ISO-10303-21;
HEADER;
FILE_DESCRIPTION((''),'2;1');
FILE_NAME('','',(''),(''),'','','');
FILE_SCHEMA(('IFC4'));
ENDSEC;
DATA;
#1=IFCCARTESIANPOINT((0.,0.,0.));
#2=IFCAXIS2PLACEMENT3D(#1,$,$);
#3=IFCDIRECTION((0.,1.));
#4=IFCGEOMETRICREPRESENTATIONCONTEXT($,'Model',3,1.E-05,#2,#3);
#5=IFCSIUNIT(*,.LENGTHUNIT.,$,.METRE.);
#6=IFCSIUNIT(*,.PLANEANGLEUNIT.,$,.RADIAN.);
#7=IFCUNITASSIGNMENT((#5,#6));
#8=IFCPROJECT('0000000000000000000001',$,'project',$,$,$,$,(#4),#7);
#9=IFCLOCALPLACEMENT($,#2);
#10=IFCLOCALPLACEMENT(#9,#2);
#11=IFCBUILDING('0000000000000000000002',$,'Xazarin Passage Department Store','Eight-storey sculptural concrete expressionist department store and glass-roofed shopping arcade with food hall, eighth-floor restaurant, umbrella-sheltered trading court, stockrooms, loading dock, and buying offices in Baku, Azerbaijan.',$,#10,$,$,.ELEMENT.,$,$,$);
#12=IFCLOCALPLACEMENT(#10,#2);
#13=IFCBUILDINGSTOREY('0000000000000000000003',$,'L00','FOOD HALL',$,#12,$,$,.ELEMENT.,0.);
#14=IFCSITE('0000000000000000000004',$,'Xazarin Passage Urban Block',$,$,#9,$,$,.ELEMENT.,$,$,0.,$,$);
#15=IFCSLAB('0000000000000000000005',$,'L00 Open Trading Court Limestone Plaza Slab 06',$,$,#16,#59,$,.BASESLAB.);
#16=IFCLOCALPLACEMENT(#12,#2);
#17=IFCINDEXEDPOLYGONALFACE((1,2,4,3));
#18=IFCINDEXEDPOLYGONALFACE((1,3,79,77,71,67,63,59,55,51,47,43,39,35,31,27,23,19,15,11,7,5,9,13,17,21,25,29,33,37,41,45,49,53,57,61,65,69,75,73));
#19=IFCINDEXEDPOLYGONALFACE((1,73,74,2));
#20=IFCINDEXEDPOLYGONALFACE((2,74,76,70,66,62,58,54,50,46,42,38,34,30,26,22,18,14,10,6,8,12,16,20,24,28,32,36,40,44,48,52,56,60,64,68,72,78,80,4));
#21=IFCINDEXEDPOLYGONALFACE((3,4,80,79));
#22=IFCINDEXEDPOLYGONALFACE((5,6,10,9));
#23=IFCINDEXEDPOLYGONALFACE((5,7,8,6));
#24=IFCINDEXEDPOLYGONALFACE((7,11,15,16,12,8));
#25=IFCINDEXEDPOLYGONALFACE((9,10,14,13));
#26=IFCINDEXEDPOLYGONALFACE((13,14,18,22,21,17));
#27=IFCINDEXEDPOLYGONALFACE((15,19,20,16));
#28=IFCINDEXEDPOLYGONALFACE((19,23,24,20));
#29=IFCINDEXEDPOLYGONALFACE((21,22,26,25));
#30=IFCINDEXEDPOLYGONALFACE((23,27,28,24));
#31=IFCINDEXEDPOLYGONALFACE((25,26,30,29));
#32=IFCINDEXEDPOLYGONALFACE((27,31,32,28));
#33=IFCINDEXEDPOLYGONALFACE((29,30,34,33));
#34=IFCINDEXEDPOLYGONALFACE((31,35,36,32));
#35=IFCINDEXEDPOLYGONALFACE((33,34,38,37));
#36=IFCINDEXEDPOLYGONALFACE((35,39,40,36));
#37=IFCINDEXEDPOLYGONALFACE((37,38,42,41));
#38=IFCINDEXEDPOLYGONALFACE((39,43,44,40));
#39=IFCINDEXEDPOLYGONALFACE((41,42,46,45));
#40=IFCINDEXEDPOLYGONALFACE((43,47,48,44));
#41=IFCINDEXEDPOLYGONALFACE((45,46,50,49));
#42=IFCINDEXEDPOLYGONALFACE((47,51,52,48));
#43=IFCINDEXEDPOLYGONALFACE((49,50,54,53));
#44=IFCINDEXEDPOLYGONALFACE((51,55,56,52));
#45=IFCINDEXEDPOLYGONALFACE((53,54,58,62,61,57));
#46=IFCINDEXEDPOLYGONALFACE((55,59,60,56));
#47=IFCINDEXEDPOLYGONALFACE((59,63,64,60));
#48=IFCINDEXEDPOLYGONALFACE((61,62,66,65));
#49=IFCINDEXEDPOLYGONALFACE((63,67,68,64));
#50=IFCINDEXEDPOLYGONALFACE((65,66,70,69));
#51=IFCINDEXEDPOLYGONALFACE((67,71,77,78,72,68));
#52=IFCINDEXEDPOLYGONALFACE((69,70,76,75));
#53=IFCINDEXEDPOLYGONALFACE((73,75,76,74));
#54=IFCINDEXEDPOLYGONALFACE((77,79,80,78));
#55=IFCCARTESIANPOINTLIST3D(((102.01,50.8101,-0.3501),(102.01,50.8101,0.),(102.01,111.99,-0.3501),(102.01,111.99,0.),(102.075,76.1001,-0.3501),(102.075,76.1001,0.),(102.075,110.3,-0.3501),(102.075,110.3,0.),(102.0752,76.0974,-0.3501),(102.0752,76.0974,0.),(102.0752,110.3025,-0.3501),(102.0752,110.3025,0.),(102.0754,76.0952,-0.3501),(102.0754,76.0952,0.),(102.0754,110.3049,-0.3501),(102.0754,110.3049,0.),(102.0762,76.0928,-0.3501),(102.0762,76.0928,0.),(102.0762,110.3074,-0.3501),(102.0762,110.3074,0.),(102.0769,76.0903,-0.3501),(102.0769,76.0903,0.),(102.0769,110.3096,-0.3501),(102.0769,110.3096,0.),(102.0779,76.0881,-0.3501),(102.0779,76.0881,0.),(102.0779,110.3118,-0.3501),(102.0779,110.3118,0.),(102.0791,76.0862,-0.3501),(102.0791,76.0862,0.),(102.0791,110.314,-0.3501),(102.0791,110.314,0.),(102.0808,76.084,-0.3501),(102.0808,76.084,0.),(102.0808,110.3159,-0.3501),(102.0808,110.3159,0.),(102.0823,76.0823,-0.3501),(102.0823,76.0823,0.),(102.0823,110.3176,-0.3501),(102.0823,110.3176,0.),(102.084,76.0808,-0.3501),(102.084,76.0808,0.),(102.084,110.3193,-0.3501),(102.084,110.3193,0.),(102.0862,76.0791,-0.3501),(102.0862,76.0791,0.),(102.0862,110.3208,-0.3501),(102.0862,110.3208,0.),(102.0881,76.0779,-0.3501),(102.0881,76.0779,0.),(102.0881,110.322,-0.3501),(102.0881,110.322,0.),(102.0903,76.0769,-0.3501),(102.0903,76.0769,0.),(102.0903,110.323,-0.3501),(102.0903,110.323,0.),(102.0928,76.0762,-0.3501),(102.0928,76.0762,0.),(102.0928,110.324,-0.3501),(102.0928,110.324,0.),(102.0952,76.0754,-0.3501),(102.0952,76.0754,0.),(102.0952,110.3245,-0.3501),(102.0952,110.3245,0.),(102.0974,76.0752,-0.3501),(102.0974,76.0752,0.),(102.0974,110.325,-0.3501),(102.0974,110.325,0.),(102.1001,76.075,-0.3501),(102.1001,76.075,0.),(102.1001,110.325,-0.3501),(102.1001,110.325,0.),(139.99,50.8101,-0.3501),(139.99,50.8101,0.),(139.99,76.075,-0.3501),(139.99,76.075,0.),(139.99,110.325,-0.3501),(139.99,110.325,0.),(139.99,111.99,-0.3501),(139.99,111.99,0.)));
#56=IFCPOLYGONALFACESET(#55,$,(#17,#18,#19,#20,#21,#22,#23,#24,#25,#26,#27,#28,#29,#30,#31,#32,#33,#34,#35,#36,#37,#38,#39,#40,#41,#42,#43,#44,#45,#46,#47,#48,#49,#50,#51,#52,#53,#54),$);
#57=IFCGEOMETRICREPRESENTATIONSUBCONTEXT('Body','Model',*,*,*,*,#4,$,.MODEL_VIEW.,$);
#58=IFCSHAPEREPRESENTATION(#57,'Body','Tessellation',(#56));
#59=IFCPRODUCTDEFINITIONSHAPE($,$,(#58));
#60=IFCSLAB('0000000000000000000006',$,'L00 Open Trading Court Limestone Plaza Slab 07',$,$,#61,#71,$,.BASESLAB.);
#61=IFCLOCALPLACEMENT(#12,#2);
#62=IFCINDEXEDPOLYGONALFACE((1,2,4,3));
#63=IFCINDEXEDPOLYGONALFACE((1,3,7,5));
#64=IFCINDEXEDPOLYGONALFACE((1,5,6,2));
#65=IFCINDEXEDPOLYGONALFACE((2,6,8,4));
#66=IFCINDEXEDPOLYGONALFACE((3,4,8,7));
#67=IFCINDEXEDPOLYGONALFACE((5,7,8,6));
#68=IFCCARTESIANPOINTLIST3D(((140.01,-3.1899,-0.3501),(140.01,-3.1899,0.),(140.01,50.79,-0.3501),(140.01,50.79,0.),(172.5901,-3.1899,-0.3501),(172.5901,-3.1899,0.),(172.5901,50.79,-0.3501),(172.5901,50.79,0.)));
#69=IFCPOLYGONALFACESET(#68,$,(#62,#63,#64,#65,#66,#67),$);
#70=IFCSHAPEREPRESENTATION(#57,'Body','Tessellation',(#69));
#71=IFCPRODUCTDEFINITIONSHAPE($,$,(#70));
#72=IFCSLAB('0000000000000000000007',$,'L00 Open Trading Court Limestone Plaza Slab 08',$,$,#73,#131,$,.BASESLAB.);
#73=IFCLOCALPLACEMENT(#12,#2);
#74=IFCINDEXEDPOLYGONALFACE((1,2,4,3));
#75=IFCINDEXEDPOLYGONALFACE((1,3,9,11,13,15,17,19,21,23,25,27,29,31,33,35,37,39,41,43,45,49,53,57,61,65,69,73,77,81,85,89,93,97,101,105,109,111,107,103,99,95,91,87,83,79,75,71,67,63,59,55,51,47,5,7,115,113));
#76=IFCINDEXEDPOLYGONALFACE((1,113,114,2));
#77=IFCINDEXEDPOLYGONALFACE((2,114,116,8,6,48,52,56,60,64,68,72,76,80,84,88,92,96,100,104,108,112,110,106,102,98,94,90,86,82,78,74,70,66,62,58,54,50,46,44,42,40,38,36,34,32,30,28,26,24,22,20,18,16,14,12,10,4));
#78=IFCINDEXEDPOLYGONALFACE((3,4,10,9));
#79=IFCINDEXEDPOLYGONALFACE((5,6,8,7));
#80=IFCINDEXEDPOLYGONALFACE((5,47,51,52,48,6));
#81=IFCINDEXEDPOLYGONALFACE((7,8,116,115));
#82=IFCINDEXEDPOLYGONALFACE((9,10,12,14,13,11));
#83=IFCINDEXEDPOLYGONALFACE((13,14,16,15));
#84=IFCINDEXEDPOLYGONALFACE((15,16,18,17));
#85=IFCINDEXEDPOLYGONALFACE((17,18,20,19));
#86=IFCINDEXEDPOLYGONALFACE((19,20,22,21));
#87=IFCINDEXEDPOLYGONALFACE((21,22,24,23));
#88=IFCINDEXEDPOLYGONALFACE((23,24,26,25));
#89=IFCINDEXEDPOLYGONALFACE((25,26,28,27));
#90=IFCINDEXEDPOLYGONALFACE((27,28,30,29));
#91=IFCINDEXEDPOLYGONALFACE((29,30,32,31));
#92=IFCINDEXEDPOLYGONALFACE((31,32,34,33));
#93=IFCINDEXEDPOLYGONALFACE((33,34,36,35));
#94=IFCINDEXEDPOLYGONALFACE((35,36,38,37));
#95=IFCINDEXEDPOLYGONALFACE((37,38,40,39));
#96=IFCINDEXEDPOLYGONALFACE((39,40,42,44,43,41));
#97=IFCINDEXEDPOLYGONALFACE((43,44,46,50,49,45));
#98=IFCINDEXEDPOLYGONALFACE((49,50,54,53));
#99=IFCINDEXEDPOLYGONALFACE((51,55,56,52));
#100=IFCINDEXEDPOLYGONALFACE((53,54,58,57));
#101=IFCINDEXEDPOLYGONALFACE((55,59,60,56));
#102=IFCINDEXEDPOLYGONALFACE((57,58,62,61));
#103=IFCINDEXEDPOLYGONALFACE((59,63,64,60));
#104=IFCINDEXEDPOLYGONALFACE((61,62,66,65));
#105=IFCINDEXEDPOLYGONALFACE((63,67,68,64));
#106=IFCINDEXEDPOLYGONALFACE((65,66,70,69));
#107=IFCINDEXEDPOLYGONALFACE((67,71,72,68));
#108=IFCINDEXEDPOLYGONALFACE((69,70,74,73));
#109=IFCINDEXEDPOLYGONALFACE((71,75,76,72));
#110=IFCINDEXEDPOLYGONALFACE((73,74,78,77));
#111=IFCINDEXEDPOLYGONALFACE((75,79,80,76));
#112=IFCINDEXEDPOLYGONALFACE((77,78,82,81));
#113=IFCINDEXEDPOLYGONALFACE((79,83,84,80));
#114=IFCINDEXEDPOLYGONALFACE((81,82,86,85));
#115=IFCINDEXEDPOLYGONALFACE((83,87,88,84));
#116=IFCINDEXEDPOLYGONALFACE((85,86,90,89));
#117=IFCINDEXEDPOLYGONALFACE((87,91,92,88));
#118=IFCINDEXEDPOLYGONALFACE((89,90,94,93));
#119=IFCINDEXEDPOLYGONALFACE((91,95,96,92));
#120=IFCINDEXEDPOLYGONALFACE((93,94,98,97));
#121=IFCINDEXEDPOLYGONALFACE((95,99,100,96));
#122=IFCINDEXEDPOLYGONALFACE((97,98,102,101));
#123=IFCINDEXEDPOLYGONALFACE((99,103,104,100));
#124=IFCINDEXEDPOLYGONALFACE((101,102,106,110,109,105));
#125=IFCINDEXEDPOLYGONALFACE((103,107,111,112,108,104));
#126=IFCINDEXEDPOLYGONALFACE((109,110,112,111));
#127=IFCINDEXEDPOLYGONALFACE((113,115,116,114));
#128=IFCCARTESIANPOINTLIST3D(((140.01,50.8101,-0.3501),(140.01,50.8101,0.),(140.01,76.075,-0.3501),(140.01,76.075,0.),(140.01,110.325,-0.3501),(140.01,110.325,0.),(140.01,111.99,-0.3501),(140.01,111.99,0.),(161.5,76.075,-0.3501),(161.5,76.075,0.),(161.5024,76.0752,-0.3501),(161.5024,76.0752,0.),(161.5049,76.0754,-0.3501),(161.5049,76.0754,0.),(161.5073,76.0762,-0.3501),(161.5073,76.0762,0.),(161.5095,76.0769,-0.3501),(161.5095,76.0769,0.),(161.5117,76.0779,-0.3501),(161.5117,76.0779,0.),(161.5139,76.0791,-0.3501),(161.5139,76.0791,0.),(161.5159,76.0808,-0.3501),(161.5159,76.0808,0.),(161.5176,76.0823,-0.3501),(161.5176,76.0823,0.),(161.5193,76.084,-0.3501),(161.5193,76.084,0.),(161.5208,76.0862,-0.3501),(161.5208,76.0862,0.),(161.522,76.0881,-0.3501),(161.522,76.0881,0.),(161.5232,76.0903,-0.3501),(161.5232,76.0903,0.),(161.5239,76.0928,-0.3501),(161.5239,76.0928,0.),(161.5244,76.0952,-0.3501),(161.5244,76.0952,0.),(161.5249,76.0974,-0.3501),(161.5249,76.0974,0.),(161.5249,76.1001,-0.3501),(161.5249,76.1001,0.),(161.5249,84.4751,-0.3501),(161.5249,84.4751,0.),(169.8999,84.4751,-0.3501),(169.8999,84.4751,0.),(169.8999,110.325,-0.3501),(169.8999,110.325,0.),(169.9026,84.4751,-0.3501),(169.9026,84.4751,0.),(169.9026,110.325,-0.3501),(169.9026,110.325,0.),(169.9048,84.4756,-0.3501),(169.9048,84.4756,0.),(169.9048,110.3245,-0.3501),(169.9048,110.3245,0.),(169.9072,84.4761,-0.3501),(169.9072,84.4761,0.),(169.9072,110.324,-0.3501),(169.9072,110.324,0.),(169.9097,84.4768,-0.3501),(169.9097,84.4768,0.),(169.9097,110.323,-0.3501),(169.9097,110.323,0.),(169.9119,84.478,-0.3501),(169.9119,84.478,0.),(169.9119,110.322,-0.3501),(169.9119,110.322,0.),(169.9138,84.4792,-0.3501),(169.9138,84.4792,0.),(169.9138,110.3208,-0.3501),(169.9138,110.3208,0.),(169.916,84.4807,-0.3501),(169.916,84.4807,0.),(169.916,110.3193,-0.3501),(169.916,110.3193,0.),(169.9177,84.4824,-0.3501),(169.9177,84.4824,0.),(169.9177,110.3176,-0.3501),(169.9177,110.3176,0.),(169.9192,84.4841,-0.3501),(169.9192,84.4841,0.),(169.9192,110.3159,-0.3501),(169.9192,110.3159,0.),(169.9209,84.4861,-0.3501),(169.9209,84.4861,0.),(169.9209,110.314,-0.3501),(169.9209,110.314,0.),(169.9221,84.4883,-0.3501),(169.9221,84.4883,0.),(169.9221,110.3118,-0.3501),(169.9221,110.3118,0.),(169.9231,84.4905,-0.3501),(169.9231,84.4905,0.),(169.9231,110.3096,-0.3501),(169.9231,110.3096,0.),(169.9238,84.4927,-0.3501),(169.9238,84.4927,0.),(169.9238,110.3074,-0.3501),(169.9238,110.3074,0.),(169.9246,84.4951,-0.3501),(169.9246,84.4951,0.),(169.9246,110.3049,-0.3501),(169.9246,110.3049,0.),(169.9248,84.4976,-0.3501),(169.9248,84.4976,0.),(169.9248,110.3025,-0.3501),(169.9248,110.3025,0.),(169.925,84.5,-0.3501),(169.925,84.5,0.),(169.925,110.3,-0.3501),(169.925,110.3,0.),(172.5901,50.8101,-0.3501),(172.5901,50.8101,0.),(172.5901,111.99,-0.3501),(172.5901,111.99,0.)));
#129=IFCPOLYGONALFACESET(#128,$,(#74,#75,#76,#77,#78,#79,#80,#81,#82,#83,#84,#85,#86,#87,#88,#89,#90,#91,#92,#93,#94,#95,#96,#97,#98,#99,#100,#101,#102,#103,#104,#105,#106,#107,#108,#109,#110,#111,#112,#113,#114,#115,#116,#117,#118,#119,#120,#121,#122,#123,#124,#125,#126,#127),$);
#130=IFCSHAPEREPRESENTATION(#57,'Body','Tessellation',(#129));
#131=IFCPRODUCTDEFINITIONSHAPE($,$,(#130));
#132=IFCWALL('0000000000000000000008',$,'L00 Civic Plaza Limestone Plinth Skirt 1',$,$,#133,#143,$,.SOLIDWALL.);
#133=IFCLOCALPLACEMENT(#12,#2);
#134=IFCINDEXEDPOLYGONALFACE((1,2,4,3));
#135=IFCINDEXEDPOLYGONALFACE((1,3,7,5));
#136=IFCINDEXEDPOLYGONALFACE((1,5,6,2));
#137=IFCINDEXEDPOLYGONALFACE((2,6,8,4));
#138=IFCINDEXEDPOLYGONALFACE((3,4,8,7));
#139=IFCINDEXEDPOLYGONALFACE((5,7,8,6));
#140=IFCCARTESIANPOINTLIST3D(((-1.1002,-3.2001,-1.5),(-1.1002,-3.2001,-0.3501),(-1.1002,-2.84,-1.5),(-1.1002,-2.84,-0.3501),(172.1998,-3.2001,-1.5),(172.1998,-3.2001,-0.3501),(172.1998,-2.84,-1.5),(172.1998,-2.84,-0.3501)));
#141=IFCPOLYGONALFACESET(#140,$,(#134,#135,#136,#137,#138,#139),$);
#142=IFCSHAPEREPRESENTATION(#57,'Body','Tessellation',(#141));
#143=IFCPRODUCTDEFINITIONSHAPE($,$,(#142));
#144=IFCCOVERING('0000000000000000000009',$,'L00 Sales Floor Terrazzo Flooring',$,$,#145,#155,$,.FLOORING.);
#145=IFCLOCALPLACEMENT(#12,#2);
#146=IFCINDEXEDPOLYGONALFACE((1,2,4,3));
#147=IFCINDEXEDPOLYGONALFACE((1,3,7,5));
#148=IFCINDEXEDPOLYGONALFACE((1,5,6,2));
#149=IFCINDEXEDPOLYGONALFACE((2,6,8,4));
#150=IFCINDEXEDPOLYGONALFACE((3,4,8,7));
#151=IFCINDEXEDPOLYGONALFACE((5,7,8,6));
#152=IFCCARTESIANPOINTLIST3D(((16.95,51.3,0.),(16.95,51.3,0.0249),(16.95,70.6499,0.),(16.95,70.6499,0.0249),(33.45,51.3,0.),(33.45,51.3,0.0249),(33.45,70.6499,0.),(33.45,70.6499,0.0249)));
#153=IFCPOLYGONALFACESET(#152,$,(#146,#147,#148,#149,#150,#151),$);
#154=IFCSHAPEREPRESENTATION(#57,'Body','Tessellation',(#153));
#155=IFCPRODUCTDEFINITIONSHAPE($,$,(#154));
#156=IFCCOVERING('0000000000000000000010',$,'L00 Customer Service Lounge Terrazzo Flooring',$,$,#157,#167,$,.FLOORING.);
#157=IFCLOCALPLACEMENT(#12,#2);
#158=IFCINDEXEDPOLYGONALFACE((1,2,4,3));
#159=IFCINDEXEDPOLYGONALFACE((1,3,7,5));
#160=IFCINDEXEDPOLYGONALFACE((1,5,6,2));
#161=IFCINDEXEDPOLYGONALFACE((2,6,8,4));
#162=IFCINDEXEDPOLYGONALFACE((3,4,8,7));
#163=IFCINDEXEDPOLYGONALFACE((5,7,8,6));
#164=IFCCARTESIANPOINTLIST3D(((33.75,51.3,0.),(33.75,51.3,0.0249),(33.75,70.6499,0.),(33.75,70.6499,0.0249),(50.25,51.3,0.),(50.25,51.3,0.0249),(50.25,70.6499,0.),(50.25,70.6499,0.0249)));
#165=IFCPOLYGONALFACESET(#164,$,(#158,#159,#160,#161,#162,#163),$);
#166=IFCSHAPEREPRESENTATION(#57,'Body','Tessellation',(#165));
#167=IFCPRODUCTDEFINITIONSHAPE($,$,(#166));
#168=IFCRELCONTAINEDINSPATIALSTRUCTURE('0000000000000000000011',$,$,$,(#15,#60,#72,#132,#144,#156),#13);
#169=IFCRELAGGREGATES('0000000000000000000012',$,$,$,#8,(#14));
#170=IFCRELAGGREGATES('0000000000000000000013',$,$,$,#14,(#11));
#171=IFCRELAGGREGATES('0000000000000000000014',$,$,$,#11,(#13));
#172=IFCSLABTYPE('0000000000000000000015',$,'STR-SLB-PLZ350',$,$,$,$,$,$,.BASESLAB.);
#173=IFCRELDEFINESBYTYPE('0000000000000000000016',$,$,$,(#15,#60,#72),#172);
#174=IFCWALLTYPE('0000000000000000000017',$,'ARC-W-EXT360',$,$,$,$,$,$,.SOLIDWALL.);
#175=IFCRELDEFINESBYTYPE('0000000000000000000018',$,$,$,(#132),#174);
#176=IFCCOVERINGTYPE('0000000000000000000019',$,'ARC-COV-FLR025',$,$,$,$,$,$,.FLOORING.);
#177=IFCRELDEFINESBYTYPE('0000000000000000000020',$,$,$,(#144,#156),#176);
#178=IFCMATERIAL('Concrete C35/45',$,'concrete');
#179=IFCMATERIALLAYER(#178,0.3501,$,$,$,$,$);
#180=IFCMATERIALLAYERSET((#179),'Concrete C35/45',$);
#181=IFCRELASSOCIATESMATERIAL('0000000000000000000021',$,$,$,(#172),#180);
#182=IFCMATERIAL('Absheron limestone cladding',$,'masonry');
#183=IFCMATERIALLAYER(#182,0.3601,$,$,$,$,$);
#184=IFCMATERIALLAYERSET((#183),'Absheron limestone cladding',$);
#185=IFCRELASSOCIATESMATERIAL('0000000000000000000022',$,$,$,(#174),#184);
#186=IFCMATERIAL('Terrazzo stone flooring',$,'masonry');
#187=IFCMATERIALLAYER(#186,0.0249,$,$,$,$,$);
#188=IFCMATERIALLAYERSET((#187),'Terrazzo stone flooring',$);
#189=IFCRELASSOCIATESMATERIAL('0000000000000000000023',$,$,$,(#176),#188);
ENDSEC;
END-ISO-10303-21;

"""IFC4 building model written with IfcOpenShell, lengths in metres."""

from ifc_helpers import new_model, si_unit, direction, frame, frame_2d, origin, place, context, subcontext, project, spatial, polyline, rectangle, outline, extrude, material, layer, layer_set, type_object, element, save


model = new_model("IFC4")

# Units and contexts
model_context = context("Model", 3, precision=1e-05, world=origin(), true_north=direction((0.0, 1.0)))
body_context = subcontext(model_context, "Body", "Model", "MODEL_VIEW")
ifc_project = project(units=[si_unit("LENGTHUNIT", "METRE"), si_unit("PLANEANGLEUNIT", "RADIAN")], contexts=[model_context])

# Site, building, storey
site_placement = place(None, origin())
site = spatial("IfcSite", under=ifc_project, at=site_placement, Name="Xazarin Passage Urban Block", CompositionType="ELEMENT", RefElevation=0.0)
building_placement = place(site_placement, origin())
building = spatial("IfcBuilding", under=site, at=building_placement, Name="Xazarin Passage Department Store", Description="Eight-storey sculptural concrete expressionist department store and glass-roofed shopping arcade with food hall, eighth-floor restaurant, umbrella-sheltered trading court, stockrooms, loading dock, and buying offices in Baku, Azerbaijan.", CompositionType="ELEMENT")
storey_placement = place(building_placement, origin())
storey = spatial("IfcBuildingStorey", under=building, at=storey_placement, Name="L00", Description="FOOD HALL", CompositionType="ELEMENT", Elevation=0.0)

# Slabs
ifc_material_1 = material(Name="Concrete C35/45", Category="concrete")
ifc_layer_1 = layer(ifc_material_1, 0.3501)
ifc_layer_set_1 = layer_set([ifc_layer_1], Name="Concrete C35/45")
slab_type_1 = type_object("IfcSlabType", Name="STR-SLB-PLZ350", PredefinedType="BASESLAB", material=ifc_layer_set_1)
slab_1_placement = place(storey_placement, frame((0.0, 0.0, -0.3501)))
element("IfcSlab", 1, at=slab_1_placement, inside=storey, type_object=slab_type_1, Name="L00 Open Trading Court Limestone Plaza Slab 06", PredefinedType="BASESLAB", context=body_context, shape_type="SweptSolid", body=[
    extrude(outline(polyline([(102.0952, 76.0754), (102.0928, 76.0762), (102.0903, 76.0769), (102.0881, 76.0779), (102.0862, 76.0791), (102.084, 76.0808), (102.0823, 76.0823), (102.0808, 76.084), (102.0791, 76.0862), (102.0779, 76.0881), (102.0769, 76.0903), (102.0762, 76.0928), (102.0754, 76.0952), (102.0752, 76.0974), (102.075, 76.1001), (102.075, 110.3), (102.0752, 110.3025), (102.0754, 110.3049), (102.0762, 110.3074), (102.0769, 110.3096), (102.0779, 110.3118), (102.0791, 110.314), (102.0808, 110.3159), (102.0823, 110.3176), (102.084, 110.3193), (102.0862, 110.3208), (102.0881, 110.322), (102.0903, 110.323), (102.0928, 110.324), (102.0952, 110.3245), (102.0974, 110.325), (102.1001, 110.325), (139.99, 110.325), (139.99, 111.99), (102.01, 111.99), (102.01, 50.8101), (139.99, 50.8101), (139.99, 76.075), (102.1001, 76.075), (102.0974, 76.0752), (102.0952, 76.0754)])), origin(), (0.0, 0.0, 1.0), 0.3501),
])
slab_2_placement = place(storey_placement, frame((0.0, 0.0, -0.3501)))
element("IfcSlab", 2, at=slab_2_placement, inside=storey, type_object=slab_type_1, Name="L00 Open Trading Court Limestone Plaza Slab 07", PredefinedType="BASESLAB", context=body_context, shape_type="SweptSolid", body=[
    extrude(outline(polyline([(172.5901, -3.1899), (172.5901, 50.79), (140.01, 50.79), (140.01, -3.1899), (172.5901, -3.1899)])), origin(), (0.0, 0.0, 1.0), 0.3501),
])
slab_3_placement = place(storey_placement, frame((0.0, 0.0, -0.3501)))
element("IfcSlab", 3, at=slab_3_placement, inside=storey, type_object=slab_type_1, Name="L00 Open Trading Court Limestone Plaza Slab 08", PredefinedType="BASESLAB", context=body_context, shape_type="SweptSolid", body=[
    extrude(outline(polyline([(140.01, 76.075), (140.01, 50.8101), (172.5901, 50.8101), (172.5901, 111.99), (140.01, 111.99), (140.01, 110.325), (169.8999, 110.325), (169.9026, 110.325), (169.9048, 110.3245), (169.9072, 110.324), (169.9097, 110.323), (169.9119, 110.322), (169.9138, 110.3208), (169.916, 110.3193), (169.9177, 110.3176), (169.9192, 110.3159), (169.9209, 110.314), (169.9221, 110.3118), (169.9231, 110.3096), (169.9238, 110.3074), (169.9246, 110.3049), (169.9248, 110.3025), (169.925, 110.3), (169.925, 84.5), (169.9248, 84.4976), (169.9246, 84.4951), (169.9238, 84.4927), (169.9231, 84.4905), (169.9221, 84.4883), (169.9209, 84.4861), (169.9192, 84.4841), (169.9177, 84.4824), (169.916, 84.4807), (169.9138, 84.4792), (169.9119, 84.478), (169.9097, 84.4768), (169.9072, 84.4761), (169.9048, 84.4756), (169.9026, 84.4751), (169.8999, 84.4751), (161.5249, 84.4751), (161.5249, 76.1001), (161.5249, 76.0974), (161.5244, 76.0952), (161.5239, 76.0928), (161.5232, 76.0903), (161.522, 76.0881), (161.5208, 76.0862), (161.5193, 76.084), (161.5176, 76.0823), (161.5159, 76.0808), (161.5139, 76.0791), (161.5117, 76.0779), (161.5095, 76.0769), (161.5073, 76.0762), (161.5049, 76.0754), (161.5024, 76.0752), (161.5, 76.075), (140.01, 76.075)])), origin(), (0.0, 0.0, 1.0), 0.3501),
])

# Wall
ifc_material_2 = material(Name="Absheron limestone cladding", Category="masonry")
ifc_layer_2 = layer(ifc_material_2, 0.3601)
ifc_layer_set_2 = layer_set([ifc_layer_2], Name="Absheron limestone cladding")
wall_type = type_object("IfcWallType", Name="ARC-W-EXT360", PredefinedType="SOLIDWALL", material=ifc_layer_set_2)
wall_placement = place(storey_placement, frame((-1.1001, -3.02, -1.5), z_axis=(0.0, 0.0, 1.0), x_axis=(1.0, 0.0, 0.0)))
element("IfcWall", 4, at=wall_placement, inside=storey, type_object=wall_type, Name="L00 Civic Plaza Limestone Plinth Skirt 1", PredefinedType="SOLIDWALL", context=body_context, shape_type="SweptSolid", body=[
    extrude(rectangle(XDim=173.3, YDim=0.3601, at=frame_2d((86.6499, 0.0))), origin(), (0.0, 0.0, 1.0), 1.1499),
])

# Coverings
ifc_material_3 = material(Name="Terrazzo stone flooring", Category="masonry")
ifc_layer_3 = layer(ifc_material_3, 0.0249)
ifc_layer_set_3 = layer_set([ifc_layer_3], Name="Terrazzo stone flooring")
covering_type_1 = type_object("IfcCoveringType", Name="ARC-COV-FLR025", PredefinedType="FLOORING", material=ifc_layer_set_3)
covering_1_placement = place(storey_placement, origin())
element("IfcCovering", 5, at=covering_1_placement, inside=storey, type_object=covering_type_1, Name="L00 Sales Floor Terrazzo Flooring", PredefinedType="FLOORING", context=body_context, shape_type="SweptSolid", body=[
    extrude(outline(polyline([(16.95, 51.3), (33.45, 51.3), (33.45, 70.6499), (16.95, 70.6499), (16.95, 51.3)])), origin(), (0.0, 0.0, 1.0), 0.0249),
])
covering_2_placement = place(storey_placement, origin())
element("IfcCovering", 6, at=covering_2_placement, inside=storey, type_object=covering_type_1, Name="L00 Customer Service Lounge Terrazzo Flooring", PredefinedType="FLOORING", context=body_context, shape_type="SweptSolid", body=[
    extrude(outline(polyline([(33.75, 51.3), (50.25, 51.3), (50.25, 70.6499), (33.75, 70.6499), (33.75, 51.3)])), origin(), (0.0, 0.0, 1.0), 0.0249),
])

save(model, "model.ifc")
